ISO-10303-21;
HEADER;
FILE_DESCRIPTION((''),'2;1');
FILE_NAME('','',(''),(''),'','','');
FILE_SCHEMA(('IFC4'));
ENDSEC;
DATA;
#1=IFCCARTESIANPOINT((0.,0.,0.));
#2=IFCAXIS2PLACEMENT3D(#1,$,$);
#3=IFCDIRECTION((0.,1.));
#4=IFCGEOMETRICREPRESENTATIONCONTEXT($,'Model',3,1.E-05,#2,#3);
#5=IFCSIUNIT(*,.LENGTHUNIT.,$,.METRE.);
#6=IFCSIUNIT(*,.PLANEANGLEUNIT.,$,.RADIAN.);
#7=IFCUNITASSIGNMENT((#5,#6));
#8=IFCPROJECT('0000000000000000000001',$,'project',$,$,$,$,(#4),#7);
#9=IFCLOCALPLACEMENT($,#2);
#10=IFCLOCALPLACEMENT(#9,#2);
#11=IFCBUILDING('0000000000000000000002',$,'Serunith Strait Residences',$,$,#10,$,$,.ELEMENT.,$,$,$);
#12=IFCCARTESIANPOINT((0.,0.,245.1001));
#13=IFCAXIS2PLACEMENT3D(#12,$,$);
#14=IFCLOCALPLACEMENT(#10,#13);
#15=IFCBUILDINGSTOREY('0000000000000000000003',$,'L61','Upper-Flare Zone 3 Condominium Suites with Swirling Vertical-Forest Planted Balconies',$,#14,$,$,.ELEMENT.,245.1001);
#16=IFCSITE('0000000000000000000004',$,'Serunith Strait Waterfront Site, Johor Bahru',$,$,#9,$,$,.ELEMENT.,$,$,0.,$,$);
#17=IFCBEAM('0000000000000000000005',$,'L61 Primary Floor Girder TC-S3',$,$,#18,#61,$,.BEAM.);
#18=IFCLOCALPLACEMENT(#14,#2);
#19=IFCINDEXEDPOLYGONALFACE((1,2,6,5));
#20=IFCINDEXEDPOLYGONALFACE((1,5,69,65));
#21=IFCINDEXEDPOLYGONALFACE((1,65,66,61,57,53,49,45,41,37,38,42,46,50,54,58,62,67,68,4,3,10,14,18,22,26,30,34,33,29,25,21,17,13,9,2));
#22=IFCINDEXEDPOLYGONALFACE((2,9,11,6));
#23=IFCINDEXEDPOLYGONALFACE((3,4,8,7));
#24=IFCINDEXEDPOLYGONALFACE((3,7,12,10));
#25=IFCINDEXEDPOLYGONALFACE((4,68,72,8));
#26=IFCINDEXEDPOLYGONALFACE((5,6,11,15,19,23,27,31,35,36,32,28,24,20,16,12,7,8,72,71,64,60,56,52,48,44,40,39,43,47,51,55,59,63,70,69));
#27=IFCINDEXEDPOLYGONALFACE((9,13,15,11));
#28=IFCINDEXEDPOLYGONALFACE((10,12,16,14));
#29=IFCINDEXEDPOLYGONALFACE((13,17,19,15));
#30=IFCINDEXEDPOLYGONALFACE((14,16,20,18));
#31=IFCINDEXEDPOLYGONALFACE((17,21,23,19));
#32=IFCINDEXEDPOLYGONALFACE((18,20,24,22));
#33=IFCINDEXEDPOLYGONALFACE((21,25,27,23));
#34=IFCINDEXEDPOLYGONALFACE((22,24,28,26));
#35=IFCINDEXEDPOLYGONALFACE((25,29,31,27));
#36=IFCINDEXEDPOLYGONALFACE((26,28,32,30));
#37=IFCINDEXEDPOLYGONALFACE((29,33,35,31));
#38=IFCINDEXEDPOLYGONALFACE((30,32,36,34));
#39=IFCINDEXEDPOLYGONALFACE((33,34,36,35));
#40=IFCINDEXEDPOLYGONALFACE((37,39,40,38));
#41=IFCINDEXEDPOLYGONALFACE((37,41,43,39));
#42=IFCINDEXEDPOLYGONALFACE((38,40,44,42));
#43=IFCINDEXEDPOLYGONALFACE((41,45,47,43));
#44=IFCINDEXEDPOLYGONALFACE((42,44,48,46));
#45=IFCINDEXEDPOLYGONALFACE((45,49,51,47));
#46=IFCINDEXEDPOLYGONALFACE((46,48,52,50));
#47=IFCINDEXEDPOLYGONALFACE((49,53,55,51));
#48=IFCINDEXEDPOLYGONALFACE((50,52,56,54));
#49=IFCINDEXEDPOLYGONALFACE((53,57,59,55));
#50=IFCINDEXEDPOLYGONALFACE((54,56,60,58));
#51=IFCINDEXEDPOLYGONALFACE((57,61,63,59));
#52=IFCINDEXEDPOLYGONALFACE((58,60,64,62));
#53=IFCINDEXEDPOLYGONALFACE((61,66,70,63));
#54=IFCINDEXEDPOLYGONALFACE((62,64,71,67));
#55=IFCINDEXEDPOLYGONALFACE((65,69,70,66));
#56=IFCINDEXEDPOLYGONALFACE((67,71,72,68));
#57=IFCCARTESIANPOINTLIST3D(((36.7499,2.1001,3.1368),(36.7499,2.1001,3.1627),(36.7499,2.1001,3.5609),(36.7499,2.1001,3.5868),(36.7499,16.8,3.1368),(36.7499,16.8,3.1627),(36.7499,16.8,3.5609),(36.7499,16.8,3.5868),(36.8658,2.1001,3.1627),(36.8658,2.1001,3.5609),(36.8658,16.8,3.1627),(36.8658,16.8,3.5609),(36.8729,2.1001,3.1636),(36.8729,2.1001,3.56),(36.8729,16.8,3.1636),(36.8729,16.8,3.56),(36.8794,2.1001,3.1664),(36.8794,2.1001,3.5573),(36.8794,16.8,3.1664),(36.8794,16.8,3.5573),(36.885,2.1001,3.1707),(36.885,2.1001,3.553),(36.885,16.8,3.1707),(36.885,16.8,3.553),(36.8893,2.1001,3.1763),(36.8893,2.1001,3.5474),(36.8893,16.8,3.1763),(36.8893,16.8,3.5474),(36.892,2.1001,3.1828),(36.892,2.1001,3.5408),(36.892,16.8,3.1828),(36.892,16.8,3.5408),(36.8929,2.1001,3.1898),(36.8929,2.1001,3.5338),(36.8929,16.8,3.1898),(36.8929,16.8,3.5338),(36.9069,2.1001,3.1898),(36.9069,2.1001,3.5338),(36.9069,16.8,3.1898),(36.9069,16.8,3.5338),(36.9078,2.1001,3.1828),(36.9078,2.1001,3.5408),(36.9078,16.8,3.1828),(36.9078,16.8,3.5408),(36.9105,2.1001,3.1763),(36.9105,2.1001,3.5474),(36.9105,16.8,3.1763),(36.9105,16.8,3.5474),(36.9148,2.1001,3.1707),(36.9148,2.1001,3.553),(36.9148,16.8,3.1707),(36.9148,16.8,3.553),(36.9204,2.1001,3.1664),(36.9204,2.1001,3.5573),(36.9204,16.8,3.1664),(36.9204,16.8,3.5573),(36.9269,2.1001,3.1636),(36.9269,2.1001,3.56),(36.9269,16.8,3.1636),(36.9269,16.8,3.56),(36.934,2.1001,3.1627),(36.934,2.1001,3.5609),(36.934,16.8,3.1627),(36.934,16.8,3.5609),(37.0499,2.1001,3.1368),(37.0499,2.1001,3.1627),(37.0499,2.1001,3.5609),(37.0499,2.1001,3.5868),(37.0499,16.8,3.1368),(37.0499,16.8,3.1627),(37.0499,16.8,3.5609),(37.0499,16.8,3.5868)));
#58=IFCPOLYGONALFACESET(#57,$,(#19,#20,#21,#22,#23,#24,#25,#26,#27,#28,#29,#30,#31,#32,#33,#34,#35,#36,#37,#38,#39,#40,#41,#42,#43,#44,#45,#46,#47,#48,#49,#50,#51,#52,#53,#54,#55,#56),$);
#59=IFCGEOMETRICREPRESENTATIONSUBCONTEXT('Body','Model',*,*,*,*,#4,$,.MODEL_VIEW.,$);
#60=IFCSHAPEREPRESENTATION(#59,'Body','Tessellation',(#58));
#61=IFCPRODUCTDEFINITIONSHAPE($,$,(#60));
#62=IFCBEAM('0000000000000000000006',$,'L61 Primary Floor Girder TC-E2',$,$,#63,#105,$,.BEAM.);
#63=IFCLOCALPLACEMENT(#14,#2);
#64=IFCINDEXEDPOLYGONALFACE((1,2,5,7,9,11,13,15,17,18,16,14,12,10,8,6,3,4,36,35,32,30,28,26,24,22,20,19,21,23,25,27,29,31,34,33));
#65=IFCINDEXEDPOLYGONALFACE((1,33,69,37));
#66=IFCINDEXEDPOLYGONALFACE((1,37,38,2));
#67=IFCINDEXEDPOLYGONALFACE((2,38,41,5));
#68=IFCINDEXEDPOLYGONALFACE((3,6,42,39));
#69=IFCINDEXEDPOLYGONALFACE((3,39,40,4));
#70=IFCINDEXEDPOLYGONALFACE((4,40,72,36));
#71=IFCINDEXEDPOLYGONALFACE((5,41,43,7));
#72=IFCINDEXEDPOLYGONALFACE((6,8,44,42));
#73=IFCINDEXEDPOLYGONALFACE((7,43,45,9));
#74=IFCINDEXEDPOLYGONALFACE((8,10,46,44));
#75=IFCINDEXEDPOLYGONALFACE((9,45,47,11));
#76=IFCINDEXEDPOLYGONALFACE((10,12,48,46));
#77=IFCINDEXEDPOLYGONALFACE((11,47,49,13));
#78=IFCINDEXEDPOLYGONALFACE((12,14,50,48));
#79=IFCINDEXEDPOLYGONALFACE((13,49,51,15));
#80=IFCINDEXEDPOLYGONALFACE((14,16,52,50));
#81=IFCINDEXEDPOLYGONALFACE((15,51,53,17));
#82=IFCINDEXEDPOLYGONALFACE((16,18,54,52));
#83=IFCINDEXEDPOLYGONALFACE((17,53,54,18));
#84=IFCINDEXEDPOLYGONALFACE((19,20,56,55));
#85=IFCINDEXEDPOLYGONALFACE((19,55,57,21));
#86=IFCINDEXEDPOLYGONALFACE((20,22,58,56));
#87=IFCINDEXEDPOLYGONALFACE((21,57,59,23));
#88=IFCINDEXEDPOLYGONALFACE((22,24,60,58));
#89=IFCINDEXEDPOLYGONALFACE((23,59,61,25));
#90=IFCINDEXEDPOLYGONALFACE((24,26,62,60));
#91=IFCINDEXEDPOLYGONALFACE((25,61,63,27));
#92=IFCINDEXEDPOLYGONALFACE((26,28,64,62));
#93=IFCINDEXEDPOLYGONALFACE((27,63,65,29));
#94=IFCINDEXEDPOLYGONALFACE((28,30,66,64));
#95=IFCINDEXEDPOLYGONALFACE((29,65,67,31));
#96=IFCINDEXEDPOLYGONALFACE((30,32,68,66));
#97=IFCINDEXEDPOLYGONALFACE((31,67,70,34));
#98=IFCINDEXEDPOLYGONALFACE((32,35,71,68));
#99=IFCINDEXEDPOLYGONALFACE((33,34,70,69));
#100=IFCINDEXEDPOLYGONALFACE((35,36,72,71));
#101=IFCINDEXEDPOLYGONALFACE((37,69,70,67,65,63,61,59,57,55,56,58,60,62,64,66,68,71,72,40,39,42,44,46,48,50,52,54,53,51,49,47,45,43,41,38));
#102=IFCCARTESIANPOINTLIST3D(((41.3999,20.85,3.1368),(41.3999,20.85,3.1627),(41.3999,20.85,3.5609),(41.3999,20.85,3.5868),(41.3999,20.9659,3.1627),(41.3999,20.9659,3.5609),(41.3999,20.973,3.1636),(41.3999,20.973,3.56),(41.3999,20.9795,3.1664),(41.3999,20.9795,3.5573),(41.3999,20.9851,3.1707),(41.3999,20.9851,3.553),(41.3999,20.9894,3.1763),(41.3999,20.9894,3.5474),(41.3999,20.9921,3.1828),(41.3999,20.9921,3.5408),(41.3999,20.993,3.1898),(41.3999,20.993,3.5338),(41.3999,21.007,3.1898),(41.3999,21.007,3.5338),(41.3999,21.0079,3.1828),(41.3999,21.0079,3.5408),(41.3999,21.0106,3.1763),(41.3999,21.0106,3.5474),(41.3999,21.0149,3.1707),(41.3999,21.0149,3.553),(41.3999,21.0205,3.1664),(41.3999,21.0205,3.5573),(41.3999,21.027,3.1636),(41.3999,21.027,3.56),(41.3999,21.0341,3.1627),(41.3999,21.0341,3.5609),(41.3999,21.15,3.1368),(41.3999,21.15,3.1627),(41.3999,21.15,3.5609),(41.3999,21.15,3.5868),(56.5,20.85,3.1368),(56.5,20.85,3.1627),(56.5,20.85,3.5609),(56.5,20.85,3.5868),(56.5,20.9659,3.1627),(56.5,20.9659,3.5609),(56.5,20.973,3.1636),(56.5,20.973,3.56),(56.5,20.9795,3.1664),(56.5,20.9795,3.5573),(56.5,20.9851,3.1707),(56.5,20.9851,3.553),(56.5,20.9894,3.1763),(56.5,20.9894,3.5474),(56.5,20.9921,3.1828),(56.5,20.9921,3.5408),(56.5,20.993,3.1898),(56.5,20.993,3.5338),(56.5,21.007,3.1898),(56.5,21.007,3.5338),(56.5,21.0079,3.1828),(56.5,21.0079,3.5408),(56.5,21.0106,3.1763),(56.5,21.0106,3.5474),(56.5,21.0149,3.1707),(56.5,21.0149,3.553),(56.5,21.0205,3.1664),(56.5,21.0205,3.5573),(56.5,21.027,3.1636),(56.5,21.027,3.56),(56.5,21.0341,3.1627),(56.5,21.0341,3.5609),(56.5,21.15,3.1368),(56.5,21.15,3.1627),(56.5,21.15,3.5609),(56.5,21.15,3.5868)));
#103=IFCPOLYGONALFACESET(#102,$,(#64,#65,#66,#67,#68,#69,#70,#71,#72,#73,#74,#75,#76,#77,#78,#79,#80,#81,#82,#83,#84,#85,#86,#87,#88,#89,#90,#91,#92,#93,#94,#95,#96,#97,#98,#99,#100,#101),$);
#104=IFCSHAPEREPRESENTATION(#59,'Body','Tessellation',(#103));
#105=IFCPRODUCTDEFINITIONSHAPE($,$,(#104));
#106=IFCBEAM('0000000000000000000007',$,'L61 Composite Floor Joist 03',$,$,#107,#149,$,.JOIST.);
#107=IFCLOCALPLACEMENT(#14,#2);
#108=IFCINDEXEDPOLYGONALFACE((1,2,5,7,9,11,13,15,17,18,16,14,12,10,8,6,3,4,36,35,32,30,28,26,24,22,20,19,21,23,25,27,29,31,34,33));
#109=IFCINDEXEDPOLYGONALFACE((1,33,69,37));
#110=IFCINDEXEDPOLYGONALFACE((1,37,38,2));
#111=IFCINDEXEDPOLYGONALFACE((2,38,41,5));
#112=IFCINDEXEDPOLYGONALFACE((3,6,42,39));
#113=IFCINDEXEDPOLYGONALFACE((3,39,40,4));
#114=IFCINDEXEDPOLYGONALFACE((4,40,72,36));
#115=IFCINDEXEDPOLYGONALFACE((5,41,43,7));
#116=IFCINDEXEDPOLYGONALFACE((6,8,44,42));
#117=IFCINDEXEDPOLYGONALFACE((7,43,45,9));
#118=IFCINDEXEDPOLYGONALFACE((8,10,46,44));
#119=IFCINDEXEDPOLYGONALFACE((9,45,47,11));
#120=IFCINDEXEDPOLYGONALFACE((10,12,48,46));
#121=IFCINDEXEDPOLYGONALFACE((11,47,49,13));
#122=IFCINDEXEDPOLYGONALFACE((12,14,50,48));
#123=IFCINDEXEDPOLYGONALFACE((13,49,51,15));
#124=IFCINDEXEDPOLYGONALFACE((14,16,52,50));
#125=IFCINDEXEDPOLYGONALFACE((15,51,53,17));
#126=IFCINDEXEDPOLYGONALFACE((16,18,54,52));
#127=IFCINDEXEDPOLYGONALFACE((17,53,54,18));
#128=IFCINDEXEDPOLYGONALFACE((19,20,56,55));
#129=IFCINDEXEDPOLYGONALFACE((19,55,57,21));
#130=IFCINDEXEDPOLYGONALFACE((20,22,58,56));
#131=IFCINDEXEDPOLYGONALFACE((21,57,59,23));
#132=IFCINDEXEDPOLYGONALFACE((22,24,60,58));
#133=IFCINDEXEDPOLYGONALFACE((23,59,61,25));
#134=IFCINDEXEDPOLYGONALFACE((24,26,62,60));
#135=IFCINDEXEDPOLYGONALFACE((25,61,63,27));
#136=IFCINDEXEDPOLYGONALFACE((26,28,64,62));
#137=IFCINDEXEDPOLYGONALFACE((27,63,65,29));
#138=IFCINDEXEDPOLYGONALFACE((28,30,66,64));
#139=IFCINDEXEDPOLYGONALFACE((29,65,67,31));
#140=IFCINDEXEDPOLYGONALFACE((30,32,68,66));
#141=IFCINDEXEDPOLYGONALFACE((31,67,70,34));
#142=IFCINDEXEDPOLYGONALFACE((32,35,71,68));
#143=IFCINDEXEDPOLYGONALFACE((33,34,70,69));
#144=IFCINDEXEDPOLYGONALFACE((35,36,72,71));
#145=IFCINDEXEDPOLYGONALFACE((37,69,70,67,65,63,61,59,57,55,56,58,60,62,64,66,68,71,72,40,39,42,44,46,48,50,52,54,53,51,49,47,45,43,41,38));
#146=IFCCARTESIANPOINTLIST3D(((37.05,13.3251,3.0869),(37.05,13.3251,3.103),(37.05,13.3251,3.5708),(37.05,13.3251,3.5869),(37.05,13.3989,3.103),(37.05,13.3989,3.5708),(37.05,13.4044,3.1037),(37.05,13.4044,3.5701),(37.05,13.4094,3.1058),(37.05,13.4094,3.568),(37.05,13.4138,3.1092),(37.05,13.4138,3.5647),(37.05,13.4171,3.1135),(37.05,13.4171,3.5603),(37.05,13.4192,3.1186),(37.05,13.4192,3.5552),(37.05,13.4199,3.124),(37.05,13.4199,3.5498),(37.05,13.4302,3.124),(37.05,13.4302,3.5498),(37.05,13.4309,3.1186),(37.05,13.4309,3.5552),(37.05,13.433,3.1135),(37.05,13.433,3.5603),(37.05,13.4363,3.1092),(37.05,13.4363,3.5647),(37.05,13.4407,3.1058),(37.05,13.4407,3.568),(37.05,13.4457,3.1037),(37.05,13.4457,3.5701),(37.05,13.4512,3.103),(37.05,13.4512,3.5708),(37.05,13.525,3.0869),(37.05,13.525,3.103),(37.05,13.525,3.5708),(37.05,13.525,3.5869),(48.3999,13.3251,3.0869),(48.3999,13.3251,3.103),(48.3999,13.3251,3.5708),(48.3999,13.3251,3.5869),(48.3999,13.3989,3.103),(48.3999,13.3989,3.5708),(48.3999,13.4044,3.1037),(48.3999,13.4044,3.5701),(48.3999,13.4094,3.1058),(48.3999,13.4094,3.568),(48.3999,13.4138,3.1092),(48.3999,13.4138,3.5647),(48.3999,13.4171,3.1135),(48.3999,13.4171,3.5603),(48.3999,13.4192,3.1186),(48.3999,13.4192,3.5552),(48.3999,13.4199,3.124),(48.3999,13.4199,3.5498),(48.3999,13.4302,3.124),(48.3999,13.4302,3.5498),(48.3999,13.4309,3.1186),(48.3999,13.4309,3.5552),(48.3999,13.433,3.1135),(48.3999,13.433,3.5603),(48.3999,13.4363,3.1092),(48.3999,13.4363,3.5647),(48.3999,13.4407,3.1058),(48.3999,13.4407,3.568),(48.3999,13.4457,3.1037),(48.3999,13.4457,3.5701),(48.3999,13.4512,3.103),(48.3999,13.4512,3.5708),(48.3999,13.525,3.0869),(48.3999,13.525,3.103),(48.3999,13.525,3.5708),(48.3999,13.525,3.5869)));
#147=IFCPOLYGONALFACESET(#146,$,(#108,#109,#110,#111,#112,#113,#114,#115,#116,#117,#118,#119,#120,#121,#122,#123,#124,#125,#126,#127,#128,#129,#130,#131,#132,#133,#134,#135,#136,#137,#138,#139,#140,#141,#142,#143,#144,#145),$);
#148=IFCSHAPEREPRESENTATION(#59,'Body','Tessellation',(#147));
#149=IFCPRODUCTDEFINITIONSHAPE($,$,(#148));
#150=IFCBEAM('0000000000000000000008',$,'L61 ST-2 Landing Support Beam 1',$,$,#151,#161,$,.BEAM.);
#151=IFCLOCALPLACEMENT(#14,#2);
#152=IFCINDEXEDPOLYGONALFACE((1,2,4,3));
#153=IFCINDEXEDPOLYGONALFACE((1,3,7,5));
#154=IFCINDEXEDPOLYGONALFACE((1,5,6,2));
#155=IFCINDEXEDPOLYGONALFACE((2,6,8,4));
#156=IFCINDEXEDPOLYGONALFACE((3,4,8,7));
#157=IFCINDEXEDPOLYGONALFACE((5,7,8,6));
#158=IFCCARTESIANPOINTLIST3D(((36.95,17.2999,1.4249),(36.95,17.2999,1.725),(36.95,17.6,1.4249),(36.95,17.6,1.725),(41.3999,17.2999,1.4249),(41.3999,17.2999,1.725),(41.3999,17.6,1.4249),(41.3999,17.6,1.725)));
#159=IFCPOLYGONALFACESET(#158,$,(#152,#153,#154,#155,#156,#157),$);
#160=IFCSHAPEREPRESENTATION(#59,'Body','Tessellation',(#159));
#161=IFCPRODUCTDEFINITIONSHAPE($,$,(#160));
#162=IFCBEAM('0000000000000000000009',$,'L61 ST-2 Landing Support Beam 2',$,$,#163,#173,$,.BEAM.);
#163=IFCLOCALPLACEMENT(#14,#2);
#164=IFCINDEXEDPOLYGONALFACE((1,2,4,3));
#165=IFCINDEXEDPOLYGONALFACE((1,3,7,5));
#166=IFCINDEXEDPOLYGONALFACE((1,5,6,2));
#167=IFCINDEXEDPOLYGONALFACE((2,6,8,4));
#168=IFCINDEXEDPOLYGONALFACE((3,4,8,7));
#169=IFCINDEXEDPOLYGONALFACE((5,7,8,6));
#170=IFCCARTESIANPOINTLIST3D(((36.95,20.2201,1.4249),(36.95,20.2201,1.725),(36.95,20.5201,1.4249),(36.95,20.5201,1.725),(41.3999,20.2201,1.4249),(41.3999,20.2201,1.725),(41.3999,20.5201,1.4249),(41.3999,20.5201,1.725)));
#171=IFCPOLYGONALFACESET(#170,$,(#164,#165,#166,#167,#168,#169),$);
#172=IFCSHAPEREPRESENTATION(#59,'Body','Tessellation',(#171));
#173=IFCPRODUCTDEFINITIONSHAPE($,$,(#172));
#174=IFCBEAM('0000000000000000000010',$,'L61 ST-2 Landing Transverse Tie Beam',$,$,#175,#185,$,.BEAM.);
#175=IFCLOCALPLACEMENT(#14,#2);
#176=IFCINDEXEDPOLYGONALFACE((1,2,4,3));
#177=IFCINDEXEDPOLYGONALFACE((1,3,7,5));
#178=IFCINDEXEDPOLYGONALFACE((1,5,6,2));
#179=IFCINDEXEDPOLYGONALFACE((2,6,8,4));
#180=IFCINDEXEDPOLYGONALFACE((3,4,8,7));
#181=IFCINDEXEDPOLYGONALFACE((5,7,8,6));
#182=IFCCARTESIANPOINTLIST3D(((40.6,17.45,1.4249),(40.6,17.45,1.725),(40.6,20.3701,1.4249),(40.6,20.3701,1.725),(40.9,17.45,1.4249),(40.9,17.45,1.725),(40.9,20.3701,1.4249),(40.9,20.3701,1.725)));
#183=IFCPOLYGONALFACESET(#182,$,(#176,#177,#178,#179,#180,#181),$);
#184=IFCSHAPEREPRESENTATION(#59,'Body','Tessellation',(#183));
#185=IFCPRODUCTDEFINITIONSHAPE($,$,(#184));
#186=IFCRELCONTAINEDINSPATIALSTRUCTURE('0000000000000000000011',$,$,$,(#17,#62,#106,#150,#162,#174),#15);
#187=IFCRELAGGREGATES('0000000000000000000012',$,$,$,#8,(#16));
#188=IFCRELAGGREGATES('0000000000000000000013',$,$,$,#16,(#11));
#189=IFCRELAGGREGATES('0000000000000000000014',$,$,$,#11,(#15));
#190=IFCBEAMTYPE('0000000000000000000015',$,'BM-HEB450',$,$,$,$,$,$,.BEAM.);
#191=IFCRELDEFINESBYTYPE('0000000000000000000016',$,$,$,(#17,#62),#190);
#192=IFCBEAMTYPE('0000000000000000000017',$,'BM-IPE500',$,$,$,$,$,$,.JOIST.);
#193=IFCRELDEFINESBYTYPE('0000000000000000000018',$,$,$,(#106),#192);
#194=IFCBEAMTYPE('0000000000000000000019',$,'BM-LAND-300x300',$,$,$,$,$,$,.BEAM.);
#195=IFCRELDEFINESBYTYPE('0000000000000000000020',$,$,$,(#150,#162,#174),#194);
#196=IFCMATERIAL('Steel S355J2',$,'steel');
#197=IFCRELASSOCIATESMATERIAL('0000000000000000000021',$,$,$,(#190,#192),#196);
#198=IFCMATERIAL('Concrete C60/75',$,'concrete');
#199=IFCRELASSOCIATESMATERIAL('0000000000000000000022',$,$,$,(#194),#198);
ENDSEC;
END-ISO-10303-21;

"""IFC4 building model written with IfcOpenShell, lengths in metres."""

from ifc_helpers import new_model, si_unit, direction, frame, origin, origin_2d, place, context, subcontext, project, spatial, rectangle, i_section, extrude, source, transform, mapped, material, material_profile, profile_set, type_object, element, save


model = new_model("IFC4")

# Units and contexts
model_context = context("Model", 3, precision=1e-05, world=origin(), true_north=direction((0.0, 1.0)))
body_context = subcontext(model_context, "Body", "Model", "MODEL_VIEW")
ifc_project = project(units=[si_unit("LENGTHUNIT", "METRE"), si_unit("PLANEANGLEUNIT", "RADIAN")], contexts=[model_context])

# Site, building, storey
site_placement = place(None, origin())
site = spatial("IfcSite", under=ifc_project, at=site_placement, Name="Serunith Strait Waterfront Site, Johor Bahru", CompositionType="ELEMENT", RefElevation=0.0)
building_placement = place(site_placement, origin())
building = spatial("IfcBuilding", under=site, at=building_placement, Name="Serunith Strait Residences", CompositionType="ELEMENT")
storey_placement = place(building_placement, frame((0.0, 0.0, 245.1001)))
storey = spatial("IfcBuildingStorey", under=building, at=storey_placement, Name="L61", Description="Upper-Flare Zone 3 Condominium Suites with Swirling Vertical-Forest Planted Balconies", CompositionType="ELEMENT", Elevation=245.1001)

# Beams
ifc_material_1 = material(Name="Steel S355J2", Category="steel")
ifc_material_profile_1 = material_profile(ifc_material_1, i_section(OverallWidth=0.3, OverallDepth=0.45, WebThickness=0.0139, FlangeThickness=0.0259, FilletRadius=0.0271, at=origin_2d()), Name="HEB 450")
ifc_profile_set_1 = profile_set([ifc_material_profile_1], Name="Steel S355J2")
beam_type_1 = type_object("IfcBeamType", Name="BM-HEB450", PredefinedType="BEAM", material=ifc_profile_set_1)
shared_shape_1 = source(origin(), body_context, "Body", "SweptSolid", [
    extrude(i_section(OverallWidth=0.3, OverallDepth=0.45, WebThickness=0.0139, FlangeThickness=0.0259, FilletRadius=0.0271, at=origin_2d()), origin(), (0.0, 0.0, 1.0), 14.7),
])
beam_1_placement = place(storey_placement, frame((36.8999, 16.8, 3.3618), z_axis=(0.0, -1.0, 0.0), x_axis=(1.0, 0.0, 0.0)))
element("IfcBeam", 1, at=beam_1_placement, inside=storey, type_object=beam_type_1, Name="L61 Primary Floor Girder TC-S3", PredefinedType="BEAM", context=body_context, shape_type="MappedRepresentation", body=[
    mapped(shared_shape_1, transform((0.0, 0.0, 0.0), scale=1.0)),
])
shared_shape_2 = source(origin(), body_context, "Body", "SweptSolid", [
    extrude(i_section(OverallWidth=0.3, OverallDepth=0.45, WebThickness=0.0139, FlangeThickness=0.0259, FilletRadius=0.0271, at=origin_2d()), origin(), (0.0, 0.0, 1.0), 15.1001),
])
beam_2_placement = place(storey_placement, frame((41.3999, 21.0, 3.3618), z_axis=(1.0, 0.0, 0.0), x_axis=(0.0, 1.0, 0.0)))
element("IfcBeam", 2, at=beam_2_placement, inside=storey, type_object=beam_type_1, Name="L61 Primary Floor Girder TC-E2", PredefinedType="BEAM", context=body_context, shape_type="MappedRepresentation", body=[
    mapped(shared_shape_2, transform((0.0, 0.0, 0.0), scale=1.0)),
])
ifc_material_profile_2 = material_profile(ifc_material_1, i_section(OverallWidth=0.2, OverallDepth=0.5, WebThickness=0.0103, FlangeThickness=0.0161, FilletRadius=0.021, at=origin_2d()), Name="IPE 500")
ifc_profile_set_2 = profile_set([ifc_material_profile_2], Name="Steel S355J2")
beam_type_2 = type_object("IfcBeamType", Name="BM-IPE500", PredefinedType="JOIST", material=ifc_profile_set_2)
shared_shape_3 = source(origin(), body_context, "Body", "SweptSolid", [
    extrude(i_section(OverallWidth=0.2, OverallDepth=0.5, WebThickness=0.0103, FlangeThickness=0.0161, FilletRadius=0.021, at=origin_2d()), origin(), (0.0, 0.0, 1.0), 11.3499),
])
beam_3_placement = place(storey_placement, frame((37.05, 13.425, 3.3369), z_axis=(1.0, 0.0, 0.0), x_axis=(0.0, 1.0, 0.0)))
element("IfcBeam", 3, at=beam_3_placement, inside=storey, type_object=beam_type_2, Name="L61 Composite Floor Joist 03", PredefinedType="JOIST", context=body_context, shape_type="MappedRepresentation", body=[
    mapped(shared_shape_3, transform((0.0, 0.0, 0.0), scale=1.0)),
])
ifc_material_2 = material(Name="Concrete C60/75", Category="concrete")
ifc_material_profile_3 = material_profile(ifc_material_2, rectangle(XDim=0.3, YDim=0.3, at=origin_2d()), Name="RC 300x300")
ifc_profile_set_3 = profile_set([ifc_material_profile_3], Name="Concrete C60/75")
beam_type_3 = type_object("IfcBeamType", Name="BM-LAND-300x300", PredefinedType="BEAM", material=ifc_profile_set_3)
shared_shape_4 = source(origin(), body_context, "Body", "SweptSolid", [
    extrude(rectangle(XDim=0.3, YDim=0.3, at=origin_2d()), origin(), (0.0, 0.0, 1.0), 4.45),
])
for number, where, z_axis, x_axis, name in (
    (4, (36.95, 17.45, 1.575), (1.0, 0.0, 0.0), (0.0, 1.0, 0.0), "L61 ST-2 Landing Support Beam 1"),
    (5, (36.95, 20.3701, 1.575), (1.0, 0.0, 0.0), (0.0, 1.0, 0.0), "L61 ST-2 Landing Support Beam 2"),
):
    element("IfcBeam", number, at=place(storey_placement, frame(where, z_axis=z_axis, x_axis=x_axis)), inside=storey, type_object=beam_type_3, Name=name, PredefinedType="BEAM", context=body_context, shape_type="MappedRepresentation", body=[
        mapped(shared_shape_4, transform((0.0, 0.0, 0.0), scale=1.0)),
    ])
shared_shape_5 = source(origin(), body_context, "Body", "SweptSolid", [
    extrude(rectangle(XDim=0.3, YDim=0.3, at=origin_2d()), origin(), (0.0, 0.0, 1.0), 2.9202),
])
beam_4_placement = place(storey_placement, frame((40.75, 17.45, 1.575), z_axis=(0.0, 1.0, 0.0), x_axis=(-1.0, 0.0, 0.0)))
element("IfcBeam", 6, at=beam_4_placement, inside=storey, type_object=beam_type_3, Name="L61 ST-2 Landing Transverse Tie Beam", PredefinedType="BEAM", context=body_context, shape_type="MappedRepresentation", body=[
    mapped(shared_shape_5, transform((0.0, 0.0, 0.0), scale=1.0)),
])

save(model, "model.ifc")
